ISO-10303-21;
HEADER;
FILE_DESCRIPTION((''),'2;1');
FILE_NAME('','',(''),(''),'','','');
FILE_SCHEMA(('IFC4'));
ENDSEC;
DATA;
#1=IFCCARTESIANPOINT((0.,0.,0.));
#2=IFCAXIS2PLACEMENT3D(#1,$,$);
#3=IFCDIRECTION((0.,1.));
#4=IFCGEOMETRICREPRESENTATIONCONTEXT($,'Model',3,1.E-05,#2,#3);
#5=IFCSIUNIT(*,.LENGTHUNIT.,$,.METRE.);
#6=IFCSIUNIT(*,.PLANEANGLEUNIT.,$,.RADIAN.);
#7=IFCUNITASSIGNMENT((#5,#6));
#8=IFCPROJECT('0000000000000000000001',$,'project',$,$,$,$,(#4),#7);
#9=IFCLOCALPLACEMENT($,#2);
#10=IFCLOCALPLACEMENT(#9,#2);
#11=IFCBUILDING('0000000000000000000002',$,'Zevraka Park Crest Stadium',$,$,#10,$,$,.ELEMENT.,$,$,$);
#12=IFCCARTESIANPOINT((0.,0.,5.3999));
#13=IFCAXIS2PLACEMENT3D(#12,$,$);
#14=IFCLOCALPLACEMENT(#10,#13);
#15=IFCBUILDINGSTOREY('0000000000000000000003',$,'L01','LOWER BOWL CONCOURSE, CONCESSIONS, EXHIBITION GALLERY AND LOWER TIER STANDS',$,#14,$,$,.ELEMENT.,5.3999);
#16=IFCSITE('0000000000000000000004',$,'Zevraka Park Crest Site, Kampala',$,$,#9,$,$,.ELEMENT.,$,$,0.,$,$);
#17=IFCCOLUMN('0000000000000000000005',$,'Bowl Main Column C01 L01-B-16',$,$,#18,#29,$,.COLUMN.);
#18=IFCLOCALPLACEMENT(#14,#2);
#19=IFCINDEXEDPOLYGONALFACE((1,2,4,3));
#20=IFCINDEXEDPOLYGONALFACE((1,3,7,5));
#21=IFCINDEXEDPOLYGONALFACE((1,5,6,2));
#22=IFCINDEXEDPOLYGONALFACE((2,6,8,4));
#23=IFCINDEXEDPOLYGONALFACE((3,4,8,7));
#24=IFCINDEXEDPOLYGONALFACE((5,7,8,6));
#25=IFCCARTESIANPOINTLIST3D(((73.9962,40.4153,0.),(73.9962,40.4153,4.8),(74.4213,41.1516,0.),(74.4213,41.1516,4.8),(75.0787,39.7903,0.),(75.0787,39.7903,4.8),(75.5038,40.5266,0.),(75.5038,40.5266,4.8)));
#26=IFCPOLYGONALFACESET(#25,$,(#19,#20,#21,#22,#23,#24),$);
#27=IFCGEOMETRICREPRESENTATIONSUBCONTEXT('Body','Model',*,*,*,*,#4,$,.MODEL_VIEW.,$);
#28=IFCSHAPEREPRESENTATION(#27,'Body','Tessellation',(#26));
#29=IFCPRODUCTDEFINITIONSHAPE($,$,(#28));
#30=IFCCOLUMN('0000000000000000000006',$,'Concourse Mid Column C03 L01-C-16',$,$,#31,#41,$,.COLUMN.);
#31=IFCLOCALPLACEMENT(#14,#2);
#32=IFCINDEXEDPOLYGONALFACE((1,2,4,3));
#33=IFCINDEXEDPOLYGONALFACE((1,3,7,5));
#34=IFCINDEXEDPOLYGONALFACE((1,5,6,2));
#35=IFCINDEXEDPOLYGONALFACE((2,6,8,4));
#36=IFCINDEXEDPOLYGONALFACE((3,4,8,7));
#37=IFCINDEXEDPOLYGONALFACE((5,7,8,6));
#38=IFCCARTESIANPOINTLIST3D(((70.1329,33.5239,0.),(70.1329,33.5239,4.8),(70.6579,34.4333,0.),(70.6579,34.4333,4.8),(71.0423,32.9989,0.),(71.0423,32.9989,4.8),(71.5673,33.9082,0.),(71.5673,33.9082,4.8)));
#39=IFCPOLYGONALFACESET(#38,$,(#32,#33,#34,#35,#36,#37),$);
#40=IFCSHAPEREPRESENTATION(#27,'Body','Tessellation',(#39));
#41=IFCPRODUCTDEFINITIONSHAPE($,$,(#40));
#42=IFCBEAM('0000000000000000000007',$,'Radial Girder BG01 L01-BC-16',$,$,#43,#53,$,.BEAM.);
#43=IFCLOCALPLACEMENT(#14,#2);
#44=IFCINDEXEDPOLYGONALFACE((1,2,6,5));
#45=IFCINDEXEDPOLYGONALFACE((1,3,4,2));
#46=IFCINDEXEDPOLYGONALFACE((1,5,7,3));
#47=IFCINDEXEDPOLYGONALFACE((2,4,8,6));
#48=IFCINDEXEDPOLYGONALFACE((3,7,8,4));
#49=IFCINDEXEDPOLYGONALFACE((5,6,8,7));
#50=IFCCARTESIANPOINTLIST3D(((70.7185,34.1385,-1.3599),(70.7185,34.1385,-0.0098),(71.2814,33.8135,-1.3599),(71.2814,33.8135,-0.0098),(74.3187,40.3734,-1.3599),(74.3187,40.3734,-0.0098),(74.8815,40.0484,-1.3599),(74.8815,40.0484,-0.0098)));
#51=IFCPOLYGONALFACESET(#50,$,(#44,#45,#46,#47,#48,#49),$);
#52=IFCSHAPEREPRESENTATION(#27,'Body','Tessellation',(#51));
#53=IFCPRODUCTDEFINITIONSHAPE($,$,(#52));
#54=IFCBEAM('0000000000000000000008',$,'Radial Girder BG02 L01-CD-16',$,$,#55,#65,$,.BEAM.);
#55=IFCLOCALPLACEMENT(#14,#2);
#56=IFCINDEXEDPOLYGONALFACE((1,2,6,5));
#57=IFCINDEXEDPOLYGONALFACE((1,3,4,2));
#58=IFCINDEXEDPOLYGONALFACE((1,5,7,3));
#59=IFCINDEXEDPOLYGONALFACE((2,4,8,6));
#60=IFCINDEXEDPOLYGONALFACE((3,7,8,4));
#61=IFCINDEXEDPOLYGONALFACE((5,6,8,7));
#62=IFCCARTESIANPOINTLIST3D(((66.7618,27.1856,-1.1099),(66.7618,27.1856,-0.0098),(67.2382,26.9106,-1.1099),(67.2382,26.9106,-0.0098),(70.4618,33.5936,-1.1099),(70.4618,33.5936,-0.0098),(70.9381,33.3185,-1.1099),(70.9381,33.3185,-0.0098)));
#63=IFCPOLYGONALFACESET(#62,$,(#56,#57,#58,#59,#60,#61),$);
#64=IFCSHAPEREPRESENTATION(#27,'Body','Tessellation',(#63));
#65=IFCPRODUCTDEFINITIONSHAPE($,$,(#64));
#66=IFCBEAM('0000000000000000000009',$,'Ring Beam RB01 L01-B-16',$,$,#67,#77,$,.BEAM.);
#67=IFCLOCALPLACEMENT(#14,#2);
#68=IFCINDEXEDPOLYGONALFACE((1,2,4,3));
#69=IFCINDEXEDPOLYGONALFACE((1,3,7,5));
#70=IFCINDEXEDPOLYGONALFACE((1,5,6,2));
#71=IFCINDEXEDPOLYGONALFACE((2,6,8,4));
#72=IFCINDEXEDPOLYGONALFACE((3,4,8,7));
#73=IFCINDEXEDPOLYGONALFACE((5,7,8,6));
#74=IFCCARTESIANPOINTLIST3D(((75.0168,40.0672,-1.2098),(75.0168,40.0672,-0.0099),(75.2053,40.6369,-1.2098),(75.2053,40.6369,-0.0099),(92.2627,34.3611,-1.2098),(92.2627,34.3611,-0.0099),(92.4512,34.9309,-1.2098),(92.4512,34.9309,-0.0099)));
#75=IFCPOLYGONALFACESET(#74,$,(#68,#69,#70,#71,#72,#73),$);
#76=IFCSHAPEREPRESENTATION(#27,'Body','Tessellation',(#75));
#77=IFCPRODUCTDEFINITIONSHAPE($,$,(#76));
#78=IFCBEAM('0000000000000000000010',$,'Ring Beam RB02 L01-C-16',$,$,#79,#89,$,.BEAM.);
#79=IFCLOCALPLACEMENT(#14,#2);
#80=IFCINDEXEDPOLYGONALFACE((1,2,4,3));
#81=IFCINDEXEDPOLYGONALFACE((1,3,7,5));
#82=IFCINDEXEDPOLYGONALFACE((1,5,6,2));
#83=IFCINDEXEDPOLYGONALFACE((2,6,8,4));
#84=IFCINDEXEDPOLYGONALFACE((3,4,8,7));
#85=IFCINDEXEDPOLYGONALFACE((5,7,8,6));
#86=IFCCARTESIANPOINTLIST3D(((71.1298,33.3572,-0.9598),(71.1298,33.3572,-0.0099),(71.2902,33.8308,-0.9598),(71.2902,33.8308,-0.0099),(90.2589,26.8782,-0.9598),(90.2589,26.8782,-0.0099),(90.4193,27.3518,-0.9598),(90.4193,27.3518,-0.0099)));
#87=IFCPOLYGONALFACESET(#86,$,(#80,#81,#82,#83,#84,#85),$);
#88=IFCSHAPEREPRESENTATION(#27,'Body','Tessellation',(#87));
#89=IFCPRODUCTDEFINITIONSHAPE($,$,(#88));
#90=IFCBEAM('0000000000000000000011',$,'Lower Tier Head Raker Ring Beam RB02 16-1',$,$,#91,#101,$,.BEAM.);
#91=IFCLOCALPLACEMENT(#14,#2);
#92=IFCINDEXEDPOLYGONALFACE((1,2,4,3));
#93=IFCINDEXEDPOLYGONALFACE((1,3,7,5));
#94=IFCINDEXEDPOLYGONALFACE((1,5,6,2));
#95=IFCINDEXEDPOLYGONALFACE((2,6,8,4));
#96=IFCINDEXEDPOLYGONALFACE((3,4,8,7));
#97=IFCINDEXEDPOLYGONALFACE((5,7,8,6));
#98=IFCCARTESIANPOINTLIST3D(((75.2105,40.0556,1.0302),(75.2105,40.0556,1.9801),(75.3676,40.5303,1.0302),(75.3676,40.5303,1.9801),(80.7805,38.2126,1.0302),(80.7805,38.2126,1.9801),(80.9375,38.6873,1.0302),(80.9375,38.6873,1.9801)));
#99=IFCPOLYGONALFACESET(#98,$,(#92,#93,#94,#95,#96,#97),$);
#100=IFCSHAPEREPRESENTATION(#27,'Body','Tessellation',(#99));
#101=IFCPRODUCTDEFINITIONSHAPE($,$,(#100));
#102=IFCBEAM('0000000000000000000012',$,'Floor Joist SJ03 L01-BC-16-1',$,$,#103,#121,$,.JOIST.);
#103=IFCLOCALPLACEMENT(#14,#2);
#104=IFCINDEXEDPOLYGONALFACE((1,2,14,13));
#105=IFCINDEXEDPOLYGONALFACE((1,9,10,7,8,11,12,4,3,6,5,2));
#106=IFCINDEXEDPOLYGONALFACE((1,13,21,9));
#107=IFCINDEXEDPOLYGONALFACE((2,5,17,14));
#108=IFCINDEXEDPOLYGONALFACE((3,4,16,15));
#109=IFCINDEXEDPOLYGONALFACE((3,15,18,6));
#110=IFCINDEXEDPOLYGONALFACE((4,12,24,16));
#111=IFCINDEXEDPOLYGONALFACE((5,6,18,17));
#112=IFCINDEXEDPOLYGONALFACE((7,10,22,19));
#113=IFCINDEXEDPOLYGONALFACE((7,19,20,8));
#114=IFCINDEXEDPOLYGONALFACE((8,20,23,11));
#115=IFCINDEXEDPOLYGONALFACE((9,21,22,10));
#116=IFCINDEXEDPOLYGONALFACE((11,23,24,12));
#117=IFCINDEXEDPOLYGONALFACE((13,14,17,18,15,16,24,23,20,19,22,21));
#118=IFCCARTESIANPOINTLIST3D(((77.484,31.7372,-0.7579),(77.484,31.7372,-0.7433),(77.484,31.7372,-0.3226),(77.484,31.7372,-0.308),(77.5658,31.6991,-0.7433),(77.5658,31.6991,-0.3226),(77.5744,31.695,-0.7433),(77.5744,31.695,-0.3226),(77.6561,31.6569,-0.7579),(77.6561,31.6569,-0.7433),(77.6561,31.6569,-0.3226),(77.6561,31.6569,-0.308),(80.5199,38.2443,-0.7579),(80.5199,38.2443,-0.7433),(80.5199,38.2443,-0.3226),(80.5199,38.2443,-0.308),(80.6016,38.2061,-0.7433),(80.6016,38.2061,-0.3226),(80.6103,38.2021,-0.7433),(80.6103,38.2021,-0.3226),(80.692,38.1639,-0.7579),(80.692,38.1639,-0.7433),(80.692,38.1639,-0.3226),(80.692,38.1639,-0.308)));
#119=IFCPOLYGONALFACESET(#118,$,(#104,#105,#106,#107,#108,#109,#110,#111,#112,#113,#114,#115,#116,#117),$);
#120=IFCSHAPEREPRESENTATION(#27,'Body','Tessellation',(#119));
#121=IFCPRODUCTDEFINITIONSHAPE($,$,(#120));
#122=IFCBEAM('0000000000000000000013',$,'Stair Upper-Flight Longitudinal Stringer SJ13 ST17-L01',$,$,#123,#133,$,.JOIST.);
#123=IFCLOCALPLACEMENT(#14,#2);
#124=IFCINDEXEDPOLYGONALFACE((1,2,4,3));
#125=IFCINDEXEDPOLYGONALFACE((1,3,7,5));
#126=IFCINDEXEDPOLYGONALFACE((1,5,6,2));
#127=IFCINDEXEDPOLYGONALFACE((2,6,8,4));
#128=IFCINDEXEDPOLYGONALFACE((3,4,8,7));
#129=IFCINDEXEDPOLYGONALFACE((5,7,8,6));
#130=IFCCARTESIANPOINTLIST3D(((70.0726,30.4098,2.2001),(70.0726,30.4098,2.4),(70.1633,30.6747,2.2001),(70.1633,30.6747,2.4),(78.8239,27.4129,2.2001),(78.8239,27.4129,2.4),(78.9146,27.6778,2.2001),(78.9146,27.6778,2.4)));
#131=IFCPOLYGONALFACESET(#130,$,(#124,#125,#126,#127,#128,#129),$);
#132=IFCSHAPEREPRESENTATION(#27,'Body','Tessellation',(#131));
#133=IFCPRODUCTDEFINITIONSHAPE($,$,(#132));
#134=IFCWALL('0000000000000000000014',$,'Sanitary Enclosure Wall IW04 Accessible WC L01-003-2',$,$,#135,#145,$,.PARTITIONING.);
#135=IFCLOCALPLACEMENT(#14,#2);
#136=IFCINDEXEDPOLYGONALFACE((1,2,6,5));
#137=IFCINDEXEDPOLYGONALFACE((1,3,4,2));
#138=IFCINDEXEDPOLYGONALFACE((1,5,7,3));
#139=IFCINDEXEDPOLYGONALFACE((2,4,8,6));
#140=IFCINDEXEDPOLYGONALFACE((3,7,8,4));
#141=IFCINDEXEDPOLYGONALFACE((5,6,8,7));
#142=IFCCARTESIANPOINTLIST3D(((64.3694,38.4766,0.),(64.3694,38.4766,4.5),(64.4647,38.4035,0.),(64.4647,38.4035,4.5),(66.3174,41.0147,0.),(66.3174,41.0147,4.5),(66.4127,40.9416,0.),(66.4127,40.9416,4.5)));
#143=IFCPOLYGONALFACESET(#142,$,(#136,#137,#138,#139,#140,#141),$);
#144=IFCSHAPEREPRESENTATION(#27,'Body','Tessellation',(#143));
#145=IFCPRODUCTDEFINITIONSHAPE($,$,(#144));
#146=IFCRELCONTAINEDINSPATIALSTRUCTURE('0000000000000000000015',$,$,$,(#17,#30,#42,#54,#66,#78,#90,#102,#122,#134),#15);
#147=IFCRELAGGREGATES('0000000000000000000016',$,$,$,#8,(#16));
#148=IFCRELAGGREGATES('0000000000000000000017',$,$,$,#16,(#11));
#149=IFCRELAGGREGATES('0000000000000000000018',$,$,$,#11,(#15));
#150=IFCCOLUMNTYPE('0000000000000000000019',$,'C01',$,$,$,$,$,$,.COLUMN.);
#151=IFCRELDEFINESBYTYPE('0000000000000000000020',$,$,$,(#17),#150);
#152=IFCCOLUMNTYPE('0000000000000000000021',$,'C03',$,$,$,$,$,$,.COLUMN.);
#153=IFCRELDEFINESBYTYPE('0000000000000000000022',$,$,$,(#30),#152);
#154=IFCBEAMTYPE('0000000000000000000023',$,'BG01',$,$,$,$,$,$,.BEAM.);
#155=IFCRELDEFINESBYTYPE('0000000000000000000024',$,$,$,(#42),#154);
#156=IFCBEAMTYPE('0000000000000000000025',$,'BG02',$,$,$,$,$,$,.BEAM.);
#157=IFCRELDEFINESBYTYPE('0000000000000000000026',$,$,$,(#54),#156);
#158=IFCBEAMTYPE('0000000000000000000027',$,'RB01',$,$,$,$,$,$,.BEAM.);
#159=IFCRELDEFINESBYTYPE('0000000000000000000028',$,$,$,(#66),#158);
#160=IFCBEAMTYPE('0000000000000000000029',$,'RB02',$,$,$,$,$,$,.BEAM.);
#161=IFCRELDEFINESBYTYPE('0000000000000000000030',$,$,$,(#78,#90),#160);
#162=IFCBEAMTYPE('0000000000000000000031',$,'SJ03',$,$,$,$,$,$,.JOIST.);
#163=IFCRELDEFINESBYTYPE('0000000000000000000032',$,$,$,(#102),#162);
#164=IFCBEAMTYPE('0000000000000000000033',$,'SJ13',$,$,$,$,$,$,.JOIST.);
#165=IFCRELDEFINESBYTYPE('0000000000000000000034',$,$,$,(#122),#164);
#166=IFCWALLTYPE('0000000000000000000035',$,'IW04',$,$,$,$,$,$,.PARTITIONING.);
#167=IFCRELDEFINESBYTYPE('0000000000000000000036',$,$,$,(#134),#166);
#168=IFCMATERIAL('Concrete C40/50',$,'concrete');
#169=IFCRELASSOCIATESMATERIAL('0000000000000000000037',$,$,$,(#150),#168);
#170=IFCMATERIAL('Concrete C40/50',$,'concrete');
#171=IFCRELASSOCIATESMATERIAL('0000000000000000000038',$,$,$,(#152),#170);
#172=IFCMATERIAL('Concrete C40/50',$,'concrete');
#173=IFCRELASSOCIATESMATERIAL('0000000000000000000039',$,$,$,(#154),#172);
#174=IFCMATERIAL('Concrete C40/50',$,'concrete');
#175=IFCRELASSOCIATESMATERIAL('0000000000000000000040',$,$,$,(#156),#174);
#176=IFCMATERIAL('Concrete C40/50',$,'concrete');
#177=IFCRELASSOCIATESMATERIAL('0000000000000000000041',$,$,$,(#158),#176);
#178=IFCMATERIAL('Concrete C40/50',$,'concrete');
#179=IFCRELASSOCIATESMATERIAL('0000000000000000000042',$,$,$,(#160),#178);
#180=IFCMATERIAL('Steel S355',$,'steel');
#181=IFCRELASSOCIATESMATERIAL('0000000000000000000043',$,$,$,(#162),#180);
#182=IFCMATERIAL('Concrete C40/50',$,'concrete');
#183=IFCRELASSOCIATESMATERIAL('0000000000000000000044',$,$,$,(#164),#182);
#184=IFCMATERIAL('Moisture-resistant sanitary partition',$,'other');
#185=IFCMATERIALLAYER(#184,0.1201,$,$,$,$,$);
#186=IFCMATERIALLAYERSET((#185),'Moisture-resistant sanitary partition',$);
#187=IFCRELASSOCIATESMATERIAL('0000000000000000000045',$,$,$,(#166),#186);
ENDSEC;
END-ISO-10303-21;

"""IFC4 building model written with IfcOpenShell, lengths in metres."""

from ifc_helpers import new_model, si_unit, direction, frame, frame_2d, origin, origin_2d, place, context, subcontext, project, spatial, rectangle, i_section, extrude, material, layer, layer_set, material_profile, profile_set, type_object, element, save


model = new_model("IFC4")

# Units and contexts
model_context = context("Model", 3, precision=1e-05, world=origin(), true_north=direction((0.0, 1.0)))
body_context = subcontext(model_context, "Body", "Model", "MODEL_VIEW")
ifc_project = project(units=[si_unit("LENGTHUNIT", "METRE"), si_unit("PLANEANGLEUNIT", "RADIAN")], contexts=[model_context])

# Site, building, storey
site_placement = place(None, origin())
site = spatial("IfcSite", under=ifc_project, at=site_placement, Name="Zevraka Park Crest Site, Kampala", CompositionType="ELEMENT", RefElevation=0.0)
building_placement = place(site_placement, origin())
building = spatial("IfcBuilding", under=site, at=building_placement, Name="Zevraka Park Crest Stadium", CompositionType="ELEMENT")
storey_placement = place(building_placement, frame((0.0, 0.0, 5.3999)))
storey = spatial("IfcBuildingStorey", under=building, at=storey_placement, Name="L01", Description="LOWER BOWL CONCOURSE, CONCESSIONS, EXHIBITION GALLERY AND LOWER TIER STANDS", CompositionType="ELEMENT", Elevation=5.3999)

# Columns
ifc_material_1 = material(Name="Concrete C40/50", Category="concrete")
ifc_material_profile_1 = material_profile(ifc_material_1, rectangle(XDim=0.8501, YDim=1.25, at=origin_2d()), Name="RC 1250x850")
ifc_profile_set_1 = profile_set([ifc_material_profile_1], Name="Concrete C40/50")
column_type_1 = type_object("IfcColumnType", Name="C01", PredefinedType="COLUMN", material=ifc_profile_set_1)
column_1_placement = place(storey_placement, frame((74.75, 40.4709, 0.0), z_axis=(0.0, 0.0, 1.0), x_axis=(0.5, 0.866025, 0.0)))
element("IfcColumn", 1, at=column_1_placement, inside=storey, type_object=column_type_1, Name="Bowl Main Column C01 L01-B-16", PredefinedType="COLUMN", context=body_context, shape_type="SweptSolid", body=[
    extrude(rectangle(XDim=0.8501, YDim=1.25, at=origin_2d()), origin(), (0.0, 0.0, 1.0), 4.8),
])
ifc_material_2 = material(Name="Concrete C40/50", Category="concrete")
ifc_material_profile_2 = material_profile(ifc_material_2, rectangle(XDim=1.05, YDim=1.05, at=origin_2d()), Name="RC 1050x1050")
ifc_profile_set_2 = profile_set([ifc_material_profile_2], Name="Concrete C40/50")
column_type_2 = type_object("IfcColumnType", Name="C03", PredefinedType="COLUMN", material=ifc_profile_set_2)
column_2_placement = place(storey_placement, frame((70.8501, 33.7161, 0.0), z_axis=(0.0, 0.0, 1.0), x_axis=(0.5, 0.866025, 0.0)))
element("IfcColumn", 2, at=column_2_placement, inside=storey, type_object=column_type_2, Name="Concourse Mid Column C03 L01-C-16", PredefinedType="COLUMN", context=body_context, shape_type="SweptSolid", body=[
    extrude(rectangle(XDim=1.05, YDim=1.05, at=origin_2d()), origin(), (0.0, 0.0, 1.0), 4.8),
])

# Beams
ifc_material_3 = material(Name="Concrete C40/50", Category="concrete")
ifc_material_profile_3 = material_profile(ifc_material_3, rectangle(XDim=0.6499, YDim=1.3501, at=origin_2d()), Name="RC 1350x650")
ifc_profile_set_3 = profile_set([ifc_material_profile_3], Name="Concrete C40/50")
beam_type_1 = type_object("IfcBeamType", Name="BG01", PredefinedType="BEAM", material=ifc_profile_set_3)
beam_1_placement = place(storey_placement, frame((74.6001, 40.2109, -0.6848), z_axis=(-0.500041, -0.866001, 0.0), x_axis=(0.866001, -0.500041, 0.0)))
element("IfcBeam", 3, at=beam_1_placement, inside=storey, type_object=beam_type_1, Name="Radial Girder BG01 L01-BC-16", PredefinedType="BEAM", context=body_context, shape_type="SweptSolid", body=[
    extrude(rectangle(XDim=0.6499, YDim=1.3501, at=origin_2d()), origin(), (0.0, 0.0, 1.0), 7.1997),
])
ifc_material_4 = material(Name="Concrete C40/50", Category="concrete")
ifc_material_profile_4 = material_profile(ifc_material_4, rectangle(XDim=0.55, YDim=1.1001, at=origin_2d()), Name="RC 1100x550")
ifc_profile_set_4 = profile_set([ifc_material_profile_4], Name="Concrete C40/50")
beam_type_2 = type_object("IfcBeamType", Name="BG02", PredefinedType="BEAM", material=ifc_profile_set_4)
beam_2_placement = place(storey_placement, frame((70.7, 33.4561, -0.5598), z_axis=(-0.500032, -0.866007, 0.0), x_axis=(0.866007, -0.500032, 0.0)))
element("IfcBeam", 4, at=beam_2_placement, inside=storey, type_object=beam_type_2, Name="Radial Girder BG02 L01-CD-16", PredefinedType="BEAM", context=body_context, shape_type="SweptSolid", body=[
    extrude(rectangle(XDim=0.55, YDim=1.1001, at=origin_2d()), origin(), (0.0, 0.0, 1.0), 7.3994),
])
ifc_material_5 = material(Name="Concrete C40/50", Category="concrete")
ifc_material_profile_5 = material_profile(ifc_material_5, rectangle(XDim=0.6001, YDim=1.2, at=origin_2d()), Name="RC 1200x600")
ifc_profile_set_5 = profile_set([ifc_material_profile_5], Name="Concrete C40/50")
beam_type_3 = type_object("IfcBeamType", Name="RB01", PredefinedType="BEAM", material=ifc_profile_set_5)
beam_3_placement = place(storey_placement, frame((75.1111, 40.3521, -0.6099), z_axis=(0.949384, -0.314118, 0.0), x_axis=(0.314118, 0.949384, 0.0)))
element("IfcBeam", 5, at=beam_3_placement, inside=storey, type_object=beam_type_3, Name="Ring Beam RB01 L01-B-16", PredefinedType="BEAM", context=body_context, shape_type="SweptSolid", body=[
    extrude(rectangle(XDim=0.6001, YDim=1.2, at=origin_2d()), origin(), (0.0, 0.0, 1.0), 18.1653),
])
ifc_material_6 = material(Name="Concrete C40/50", Category="concrete")
ifc_material_profile_6 = material_profile(ifc_material_6, rectangle(XDim=0.5, YDim=0.95, at=origin_2d()), Name="RC 950x500")
ifc_profile_set_6 = profile_set([ifc_material_profile_6], Name="Concrete C40/50")
beam_type_4 = type_object("IfcBeamType", Name="RB02", PredefinedType="BEAM", material=ifc_profile_set_6)
beam_4_placement = place(storey_placement, frame((71.21, 33.594, -0.4849), z_axis=(0.947148, -0.320797, 0.0), x_axis=(0.320797, 0.947148, 0.0)))
element("IfcBeam", 6, at=beam_4_placement, inside=storey, type_object=beam_type_4, Name="Ring Beam RB02 L01-C-16", PredefinedType="BEAM", context=body_context, shape_type="SweptSolid", body=[
    extrude(rectangle(XDim=0.5, YDim=0.95, at=origin_2d()), origin(), (0.0, 0.0, 1.0), 20.1965),
])
beam_5_placement = place(storey_placement, frame((75.2891, 40.293, 1.5051), z_axis=(0.949376, -0.314142, 0.0), x_axis=(0.314142, 0.949376, 0.0)))
element("IfcBeam", 7, at=beam_5_placement, inside=storey, type_object=beam_type_4, Name="Lower Tier Head Raker Ring Beam RB02 16-1", PredefinedType="BEAM", context=body_context, shape_type="SweptSolid", body=[
    extrude(rectangle(XDim=0.5, YDim=0.95, at=origin_2d()), origin(), (0.0, 0.0, 1.0), 5.8669),
])
ifc_material_7 = material(Name="Steel S355", Category="steel")
ifc_material_profile_7 = material_profile(ifc_material_7, i_section(OverallWidth=0.1899, OverallDepth=0.45, WebThickness=0.0095, FlangeThickness=0.0146, at=origin_2d()), Name="IPE 450")
ifc_profile_set_7 = profile_set([ifc_material_profile_7], Name="Steel S355")
beam_type_5 = type_object("IfcBeamType", Name="SJ03", PredefinedType="JOIST", material=ifc_profile_set_7)
beam_6_placement = place(storey_placement, frame((80.606, 38.2041, -0.533), z_axis=(-0.4228, -0.906223, 0.0), x_axis=(0.906223, -0.4228, 0.0)))
element("IfcBeam", 8, at=beam_6_placement, inside=storey, type_object=beam_type_5, Name="Floor Joist SJ03 L01-BC-16-1", PredefinedType="JOIST", context=body_context, shape_type="SweptSolid", body=[
    extrude(i_section(OverallWidth=0.1899, OverallDepth=0.45, WebThickness=0.0095, FlangeThickness=0.0146, at=origin_2d()), origin(), (0.0, 0.0, 1.0), 7.1804),
])
ifc_material_8 = material(Name="Concrete C40/50", Category="concrete")
ifc_material_profile_8 = material_profile(ifc_material_8, rectangle(XDim=0.28, YDim=0.2, at=origin_2d()), Name="RC 200x280")
ifc_profile_set_8 = profile_set([ifc_material_profile_8], Name="Concrete C40/50")
beam_type_6 = type_object("IfcBeamType", Name="SJ13", PredefinedType="JOIST", material=ifc_profile_set_8)
beam_7_placement = place(storey_placement, frame((70.1179, 30.5422, 2.3), z_axis=(0.946065, -0.323977, 0.0), x_axis=(0.323977, 0.946065, 0.0)))
element("IfcBeam", 9, at=beam_7_placement, inside=storey, type_object=beam_type_6, Name="Stair Upper-Flight Longitudinal Stringer SJ13 ST17-L01", PredefinedType="JOIST", context=body_context, shape_type="SweptSolid", body=[
    extrude(rectangle(XDim=0.28, YDim=0.2, at=origin_2d()), origin(), (0.0, 0.0, 1.0), 9.2502),
])

# Wall
ifc_material_9 = material(Name="Moisture-resistant sanitary partition", Category="other")
ifc_layer_1 = layer(ifc_material_9, 0.1201)
ifc_layer_set_1 = layer_set([ifc_layer_1], Name="Moisture-resistant sanitary partition")
wall_type_1 = type_object("IfcWallType", Name="IW04", PredefinedType="PARTITIONING", material=ifc_layer_set_1)
wall_1_placement = place(storey_placement, frame((66.365, 40.978, 0.0), z_axis=(0.0, 0.0, 1.0), x_axis=(-0.608851, -0.793284, 0.0)))
element("IfcWall", 10, at=wall_1_placement, inside=storey, type_object=wall_type_1, Name="Sanitary Enclosure Wall IW04 Accessible WC L01-003-2", PredefinedType="PARTITIONING", context=body_context, shape_type="SweptSolid", body=[
    extrude(rectangle(XDim=3.1995, YDim=0.1201, at=frame_2d((1.5996, 0.0))), origin(), (0.0, 0.0, 1.0), 4.5),
])

save(model, "model.ifc")
